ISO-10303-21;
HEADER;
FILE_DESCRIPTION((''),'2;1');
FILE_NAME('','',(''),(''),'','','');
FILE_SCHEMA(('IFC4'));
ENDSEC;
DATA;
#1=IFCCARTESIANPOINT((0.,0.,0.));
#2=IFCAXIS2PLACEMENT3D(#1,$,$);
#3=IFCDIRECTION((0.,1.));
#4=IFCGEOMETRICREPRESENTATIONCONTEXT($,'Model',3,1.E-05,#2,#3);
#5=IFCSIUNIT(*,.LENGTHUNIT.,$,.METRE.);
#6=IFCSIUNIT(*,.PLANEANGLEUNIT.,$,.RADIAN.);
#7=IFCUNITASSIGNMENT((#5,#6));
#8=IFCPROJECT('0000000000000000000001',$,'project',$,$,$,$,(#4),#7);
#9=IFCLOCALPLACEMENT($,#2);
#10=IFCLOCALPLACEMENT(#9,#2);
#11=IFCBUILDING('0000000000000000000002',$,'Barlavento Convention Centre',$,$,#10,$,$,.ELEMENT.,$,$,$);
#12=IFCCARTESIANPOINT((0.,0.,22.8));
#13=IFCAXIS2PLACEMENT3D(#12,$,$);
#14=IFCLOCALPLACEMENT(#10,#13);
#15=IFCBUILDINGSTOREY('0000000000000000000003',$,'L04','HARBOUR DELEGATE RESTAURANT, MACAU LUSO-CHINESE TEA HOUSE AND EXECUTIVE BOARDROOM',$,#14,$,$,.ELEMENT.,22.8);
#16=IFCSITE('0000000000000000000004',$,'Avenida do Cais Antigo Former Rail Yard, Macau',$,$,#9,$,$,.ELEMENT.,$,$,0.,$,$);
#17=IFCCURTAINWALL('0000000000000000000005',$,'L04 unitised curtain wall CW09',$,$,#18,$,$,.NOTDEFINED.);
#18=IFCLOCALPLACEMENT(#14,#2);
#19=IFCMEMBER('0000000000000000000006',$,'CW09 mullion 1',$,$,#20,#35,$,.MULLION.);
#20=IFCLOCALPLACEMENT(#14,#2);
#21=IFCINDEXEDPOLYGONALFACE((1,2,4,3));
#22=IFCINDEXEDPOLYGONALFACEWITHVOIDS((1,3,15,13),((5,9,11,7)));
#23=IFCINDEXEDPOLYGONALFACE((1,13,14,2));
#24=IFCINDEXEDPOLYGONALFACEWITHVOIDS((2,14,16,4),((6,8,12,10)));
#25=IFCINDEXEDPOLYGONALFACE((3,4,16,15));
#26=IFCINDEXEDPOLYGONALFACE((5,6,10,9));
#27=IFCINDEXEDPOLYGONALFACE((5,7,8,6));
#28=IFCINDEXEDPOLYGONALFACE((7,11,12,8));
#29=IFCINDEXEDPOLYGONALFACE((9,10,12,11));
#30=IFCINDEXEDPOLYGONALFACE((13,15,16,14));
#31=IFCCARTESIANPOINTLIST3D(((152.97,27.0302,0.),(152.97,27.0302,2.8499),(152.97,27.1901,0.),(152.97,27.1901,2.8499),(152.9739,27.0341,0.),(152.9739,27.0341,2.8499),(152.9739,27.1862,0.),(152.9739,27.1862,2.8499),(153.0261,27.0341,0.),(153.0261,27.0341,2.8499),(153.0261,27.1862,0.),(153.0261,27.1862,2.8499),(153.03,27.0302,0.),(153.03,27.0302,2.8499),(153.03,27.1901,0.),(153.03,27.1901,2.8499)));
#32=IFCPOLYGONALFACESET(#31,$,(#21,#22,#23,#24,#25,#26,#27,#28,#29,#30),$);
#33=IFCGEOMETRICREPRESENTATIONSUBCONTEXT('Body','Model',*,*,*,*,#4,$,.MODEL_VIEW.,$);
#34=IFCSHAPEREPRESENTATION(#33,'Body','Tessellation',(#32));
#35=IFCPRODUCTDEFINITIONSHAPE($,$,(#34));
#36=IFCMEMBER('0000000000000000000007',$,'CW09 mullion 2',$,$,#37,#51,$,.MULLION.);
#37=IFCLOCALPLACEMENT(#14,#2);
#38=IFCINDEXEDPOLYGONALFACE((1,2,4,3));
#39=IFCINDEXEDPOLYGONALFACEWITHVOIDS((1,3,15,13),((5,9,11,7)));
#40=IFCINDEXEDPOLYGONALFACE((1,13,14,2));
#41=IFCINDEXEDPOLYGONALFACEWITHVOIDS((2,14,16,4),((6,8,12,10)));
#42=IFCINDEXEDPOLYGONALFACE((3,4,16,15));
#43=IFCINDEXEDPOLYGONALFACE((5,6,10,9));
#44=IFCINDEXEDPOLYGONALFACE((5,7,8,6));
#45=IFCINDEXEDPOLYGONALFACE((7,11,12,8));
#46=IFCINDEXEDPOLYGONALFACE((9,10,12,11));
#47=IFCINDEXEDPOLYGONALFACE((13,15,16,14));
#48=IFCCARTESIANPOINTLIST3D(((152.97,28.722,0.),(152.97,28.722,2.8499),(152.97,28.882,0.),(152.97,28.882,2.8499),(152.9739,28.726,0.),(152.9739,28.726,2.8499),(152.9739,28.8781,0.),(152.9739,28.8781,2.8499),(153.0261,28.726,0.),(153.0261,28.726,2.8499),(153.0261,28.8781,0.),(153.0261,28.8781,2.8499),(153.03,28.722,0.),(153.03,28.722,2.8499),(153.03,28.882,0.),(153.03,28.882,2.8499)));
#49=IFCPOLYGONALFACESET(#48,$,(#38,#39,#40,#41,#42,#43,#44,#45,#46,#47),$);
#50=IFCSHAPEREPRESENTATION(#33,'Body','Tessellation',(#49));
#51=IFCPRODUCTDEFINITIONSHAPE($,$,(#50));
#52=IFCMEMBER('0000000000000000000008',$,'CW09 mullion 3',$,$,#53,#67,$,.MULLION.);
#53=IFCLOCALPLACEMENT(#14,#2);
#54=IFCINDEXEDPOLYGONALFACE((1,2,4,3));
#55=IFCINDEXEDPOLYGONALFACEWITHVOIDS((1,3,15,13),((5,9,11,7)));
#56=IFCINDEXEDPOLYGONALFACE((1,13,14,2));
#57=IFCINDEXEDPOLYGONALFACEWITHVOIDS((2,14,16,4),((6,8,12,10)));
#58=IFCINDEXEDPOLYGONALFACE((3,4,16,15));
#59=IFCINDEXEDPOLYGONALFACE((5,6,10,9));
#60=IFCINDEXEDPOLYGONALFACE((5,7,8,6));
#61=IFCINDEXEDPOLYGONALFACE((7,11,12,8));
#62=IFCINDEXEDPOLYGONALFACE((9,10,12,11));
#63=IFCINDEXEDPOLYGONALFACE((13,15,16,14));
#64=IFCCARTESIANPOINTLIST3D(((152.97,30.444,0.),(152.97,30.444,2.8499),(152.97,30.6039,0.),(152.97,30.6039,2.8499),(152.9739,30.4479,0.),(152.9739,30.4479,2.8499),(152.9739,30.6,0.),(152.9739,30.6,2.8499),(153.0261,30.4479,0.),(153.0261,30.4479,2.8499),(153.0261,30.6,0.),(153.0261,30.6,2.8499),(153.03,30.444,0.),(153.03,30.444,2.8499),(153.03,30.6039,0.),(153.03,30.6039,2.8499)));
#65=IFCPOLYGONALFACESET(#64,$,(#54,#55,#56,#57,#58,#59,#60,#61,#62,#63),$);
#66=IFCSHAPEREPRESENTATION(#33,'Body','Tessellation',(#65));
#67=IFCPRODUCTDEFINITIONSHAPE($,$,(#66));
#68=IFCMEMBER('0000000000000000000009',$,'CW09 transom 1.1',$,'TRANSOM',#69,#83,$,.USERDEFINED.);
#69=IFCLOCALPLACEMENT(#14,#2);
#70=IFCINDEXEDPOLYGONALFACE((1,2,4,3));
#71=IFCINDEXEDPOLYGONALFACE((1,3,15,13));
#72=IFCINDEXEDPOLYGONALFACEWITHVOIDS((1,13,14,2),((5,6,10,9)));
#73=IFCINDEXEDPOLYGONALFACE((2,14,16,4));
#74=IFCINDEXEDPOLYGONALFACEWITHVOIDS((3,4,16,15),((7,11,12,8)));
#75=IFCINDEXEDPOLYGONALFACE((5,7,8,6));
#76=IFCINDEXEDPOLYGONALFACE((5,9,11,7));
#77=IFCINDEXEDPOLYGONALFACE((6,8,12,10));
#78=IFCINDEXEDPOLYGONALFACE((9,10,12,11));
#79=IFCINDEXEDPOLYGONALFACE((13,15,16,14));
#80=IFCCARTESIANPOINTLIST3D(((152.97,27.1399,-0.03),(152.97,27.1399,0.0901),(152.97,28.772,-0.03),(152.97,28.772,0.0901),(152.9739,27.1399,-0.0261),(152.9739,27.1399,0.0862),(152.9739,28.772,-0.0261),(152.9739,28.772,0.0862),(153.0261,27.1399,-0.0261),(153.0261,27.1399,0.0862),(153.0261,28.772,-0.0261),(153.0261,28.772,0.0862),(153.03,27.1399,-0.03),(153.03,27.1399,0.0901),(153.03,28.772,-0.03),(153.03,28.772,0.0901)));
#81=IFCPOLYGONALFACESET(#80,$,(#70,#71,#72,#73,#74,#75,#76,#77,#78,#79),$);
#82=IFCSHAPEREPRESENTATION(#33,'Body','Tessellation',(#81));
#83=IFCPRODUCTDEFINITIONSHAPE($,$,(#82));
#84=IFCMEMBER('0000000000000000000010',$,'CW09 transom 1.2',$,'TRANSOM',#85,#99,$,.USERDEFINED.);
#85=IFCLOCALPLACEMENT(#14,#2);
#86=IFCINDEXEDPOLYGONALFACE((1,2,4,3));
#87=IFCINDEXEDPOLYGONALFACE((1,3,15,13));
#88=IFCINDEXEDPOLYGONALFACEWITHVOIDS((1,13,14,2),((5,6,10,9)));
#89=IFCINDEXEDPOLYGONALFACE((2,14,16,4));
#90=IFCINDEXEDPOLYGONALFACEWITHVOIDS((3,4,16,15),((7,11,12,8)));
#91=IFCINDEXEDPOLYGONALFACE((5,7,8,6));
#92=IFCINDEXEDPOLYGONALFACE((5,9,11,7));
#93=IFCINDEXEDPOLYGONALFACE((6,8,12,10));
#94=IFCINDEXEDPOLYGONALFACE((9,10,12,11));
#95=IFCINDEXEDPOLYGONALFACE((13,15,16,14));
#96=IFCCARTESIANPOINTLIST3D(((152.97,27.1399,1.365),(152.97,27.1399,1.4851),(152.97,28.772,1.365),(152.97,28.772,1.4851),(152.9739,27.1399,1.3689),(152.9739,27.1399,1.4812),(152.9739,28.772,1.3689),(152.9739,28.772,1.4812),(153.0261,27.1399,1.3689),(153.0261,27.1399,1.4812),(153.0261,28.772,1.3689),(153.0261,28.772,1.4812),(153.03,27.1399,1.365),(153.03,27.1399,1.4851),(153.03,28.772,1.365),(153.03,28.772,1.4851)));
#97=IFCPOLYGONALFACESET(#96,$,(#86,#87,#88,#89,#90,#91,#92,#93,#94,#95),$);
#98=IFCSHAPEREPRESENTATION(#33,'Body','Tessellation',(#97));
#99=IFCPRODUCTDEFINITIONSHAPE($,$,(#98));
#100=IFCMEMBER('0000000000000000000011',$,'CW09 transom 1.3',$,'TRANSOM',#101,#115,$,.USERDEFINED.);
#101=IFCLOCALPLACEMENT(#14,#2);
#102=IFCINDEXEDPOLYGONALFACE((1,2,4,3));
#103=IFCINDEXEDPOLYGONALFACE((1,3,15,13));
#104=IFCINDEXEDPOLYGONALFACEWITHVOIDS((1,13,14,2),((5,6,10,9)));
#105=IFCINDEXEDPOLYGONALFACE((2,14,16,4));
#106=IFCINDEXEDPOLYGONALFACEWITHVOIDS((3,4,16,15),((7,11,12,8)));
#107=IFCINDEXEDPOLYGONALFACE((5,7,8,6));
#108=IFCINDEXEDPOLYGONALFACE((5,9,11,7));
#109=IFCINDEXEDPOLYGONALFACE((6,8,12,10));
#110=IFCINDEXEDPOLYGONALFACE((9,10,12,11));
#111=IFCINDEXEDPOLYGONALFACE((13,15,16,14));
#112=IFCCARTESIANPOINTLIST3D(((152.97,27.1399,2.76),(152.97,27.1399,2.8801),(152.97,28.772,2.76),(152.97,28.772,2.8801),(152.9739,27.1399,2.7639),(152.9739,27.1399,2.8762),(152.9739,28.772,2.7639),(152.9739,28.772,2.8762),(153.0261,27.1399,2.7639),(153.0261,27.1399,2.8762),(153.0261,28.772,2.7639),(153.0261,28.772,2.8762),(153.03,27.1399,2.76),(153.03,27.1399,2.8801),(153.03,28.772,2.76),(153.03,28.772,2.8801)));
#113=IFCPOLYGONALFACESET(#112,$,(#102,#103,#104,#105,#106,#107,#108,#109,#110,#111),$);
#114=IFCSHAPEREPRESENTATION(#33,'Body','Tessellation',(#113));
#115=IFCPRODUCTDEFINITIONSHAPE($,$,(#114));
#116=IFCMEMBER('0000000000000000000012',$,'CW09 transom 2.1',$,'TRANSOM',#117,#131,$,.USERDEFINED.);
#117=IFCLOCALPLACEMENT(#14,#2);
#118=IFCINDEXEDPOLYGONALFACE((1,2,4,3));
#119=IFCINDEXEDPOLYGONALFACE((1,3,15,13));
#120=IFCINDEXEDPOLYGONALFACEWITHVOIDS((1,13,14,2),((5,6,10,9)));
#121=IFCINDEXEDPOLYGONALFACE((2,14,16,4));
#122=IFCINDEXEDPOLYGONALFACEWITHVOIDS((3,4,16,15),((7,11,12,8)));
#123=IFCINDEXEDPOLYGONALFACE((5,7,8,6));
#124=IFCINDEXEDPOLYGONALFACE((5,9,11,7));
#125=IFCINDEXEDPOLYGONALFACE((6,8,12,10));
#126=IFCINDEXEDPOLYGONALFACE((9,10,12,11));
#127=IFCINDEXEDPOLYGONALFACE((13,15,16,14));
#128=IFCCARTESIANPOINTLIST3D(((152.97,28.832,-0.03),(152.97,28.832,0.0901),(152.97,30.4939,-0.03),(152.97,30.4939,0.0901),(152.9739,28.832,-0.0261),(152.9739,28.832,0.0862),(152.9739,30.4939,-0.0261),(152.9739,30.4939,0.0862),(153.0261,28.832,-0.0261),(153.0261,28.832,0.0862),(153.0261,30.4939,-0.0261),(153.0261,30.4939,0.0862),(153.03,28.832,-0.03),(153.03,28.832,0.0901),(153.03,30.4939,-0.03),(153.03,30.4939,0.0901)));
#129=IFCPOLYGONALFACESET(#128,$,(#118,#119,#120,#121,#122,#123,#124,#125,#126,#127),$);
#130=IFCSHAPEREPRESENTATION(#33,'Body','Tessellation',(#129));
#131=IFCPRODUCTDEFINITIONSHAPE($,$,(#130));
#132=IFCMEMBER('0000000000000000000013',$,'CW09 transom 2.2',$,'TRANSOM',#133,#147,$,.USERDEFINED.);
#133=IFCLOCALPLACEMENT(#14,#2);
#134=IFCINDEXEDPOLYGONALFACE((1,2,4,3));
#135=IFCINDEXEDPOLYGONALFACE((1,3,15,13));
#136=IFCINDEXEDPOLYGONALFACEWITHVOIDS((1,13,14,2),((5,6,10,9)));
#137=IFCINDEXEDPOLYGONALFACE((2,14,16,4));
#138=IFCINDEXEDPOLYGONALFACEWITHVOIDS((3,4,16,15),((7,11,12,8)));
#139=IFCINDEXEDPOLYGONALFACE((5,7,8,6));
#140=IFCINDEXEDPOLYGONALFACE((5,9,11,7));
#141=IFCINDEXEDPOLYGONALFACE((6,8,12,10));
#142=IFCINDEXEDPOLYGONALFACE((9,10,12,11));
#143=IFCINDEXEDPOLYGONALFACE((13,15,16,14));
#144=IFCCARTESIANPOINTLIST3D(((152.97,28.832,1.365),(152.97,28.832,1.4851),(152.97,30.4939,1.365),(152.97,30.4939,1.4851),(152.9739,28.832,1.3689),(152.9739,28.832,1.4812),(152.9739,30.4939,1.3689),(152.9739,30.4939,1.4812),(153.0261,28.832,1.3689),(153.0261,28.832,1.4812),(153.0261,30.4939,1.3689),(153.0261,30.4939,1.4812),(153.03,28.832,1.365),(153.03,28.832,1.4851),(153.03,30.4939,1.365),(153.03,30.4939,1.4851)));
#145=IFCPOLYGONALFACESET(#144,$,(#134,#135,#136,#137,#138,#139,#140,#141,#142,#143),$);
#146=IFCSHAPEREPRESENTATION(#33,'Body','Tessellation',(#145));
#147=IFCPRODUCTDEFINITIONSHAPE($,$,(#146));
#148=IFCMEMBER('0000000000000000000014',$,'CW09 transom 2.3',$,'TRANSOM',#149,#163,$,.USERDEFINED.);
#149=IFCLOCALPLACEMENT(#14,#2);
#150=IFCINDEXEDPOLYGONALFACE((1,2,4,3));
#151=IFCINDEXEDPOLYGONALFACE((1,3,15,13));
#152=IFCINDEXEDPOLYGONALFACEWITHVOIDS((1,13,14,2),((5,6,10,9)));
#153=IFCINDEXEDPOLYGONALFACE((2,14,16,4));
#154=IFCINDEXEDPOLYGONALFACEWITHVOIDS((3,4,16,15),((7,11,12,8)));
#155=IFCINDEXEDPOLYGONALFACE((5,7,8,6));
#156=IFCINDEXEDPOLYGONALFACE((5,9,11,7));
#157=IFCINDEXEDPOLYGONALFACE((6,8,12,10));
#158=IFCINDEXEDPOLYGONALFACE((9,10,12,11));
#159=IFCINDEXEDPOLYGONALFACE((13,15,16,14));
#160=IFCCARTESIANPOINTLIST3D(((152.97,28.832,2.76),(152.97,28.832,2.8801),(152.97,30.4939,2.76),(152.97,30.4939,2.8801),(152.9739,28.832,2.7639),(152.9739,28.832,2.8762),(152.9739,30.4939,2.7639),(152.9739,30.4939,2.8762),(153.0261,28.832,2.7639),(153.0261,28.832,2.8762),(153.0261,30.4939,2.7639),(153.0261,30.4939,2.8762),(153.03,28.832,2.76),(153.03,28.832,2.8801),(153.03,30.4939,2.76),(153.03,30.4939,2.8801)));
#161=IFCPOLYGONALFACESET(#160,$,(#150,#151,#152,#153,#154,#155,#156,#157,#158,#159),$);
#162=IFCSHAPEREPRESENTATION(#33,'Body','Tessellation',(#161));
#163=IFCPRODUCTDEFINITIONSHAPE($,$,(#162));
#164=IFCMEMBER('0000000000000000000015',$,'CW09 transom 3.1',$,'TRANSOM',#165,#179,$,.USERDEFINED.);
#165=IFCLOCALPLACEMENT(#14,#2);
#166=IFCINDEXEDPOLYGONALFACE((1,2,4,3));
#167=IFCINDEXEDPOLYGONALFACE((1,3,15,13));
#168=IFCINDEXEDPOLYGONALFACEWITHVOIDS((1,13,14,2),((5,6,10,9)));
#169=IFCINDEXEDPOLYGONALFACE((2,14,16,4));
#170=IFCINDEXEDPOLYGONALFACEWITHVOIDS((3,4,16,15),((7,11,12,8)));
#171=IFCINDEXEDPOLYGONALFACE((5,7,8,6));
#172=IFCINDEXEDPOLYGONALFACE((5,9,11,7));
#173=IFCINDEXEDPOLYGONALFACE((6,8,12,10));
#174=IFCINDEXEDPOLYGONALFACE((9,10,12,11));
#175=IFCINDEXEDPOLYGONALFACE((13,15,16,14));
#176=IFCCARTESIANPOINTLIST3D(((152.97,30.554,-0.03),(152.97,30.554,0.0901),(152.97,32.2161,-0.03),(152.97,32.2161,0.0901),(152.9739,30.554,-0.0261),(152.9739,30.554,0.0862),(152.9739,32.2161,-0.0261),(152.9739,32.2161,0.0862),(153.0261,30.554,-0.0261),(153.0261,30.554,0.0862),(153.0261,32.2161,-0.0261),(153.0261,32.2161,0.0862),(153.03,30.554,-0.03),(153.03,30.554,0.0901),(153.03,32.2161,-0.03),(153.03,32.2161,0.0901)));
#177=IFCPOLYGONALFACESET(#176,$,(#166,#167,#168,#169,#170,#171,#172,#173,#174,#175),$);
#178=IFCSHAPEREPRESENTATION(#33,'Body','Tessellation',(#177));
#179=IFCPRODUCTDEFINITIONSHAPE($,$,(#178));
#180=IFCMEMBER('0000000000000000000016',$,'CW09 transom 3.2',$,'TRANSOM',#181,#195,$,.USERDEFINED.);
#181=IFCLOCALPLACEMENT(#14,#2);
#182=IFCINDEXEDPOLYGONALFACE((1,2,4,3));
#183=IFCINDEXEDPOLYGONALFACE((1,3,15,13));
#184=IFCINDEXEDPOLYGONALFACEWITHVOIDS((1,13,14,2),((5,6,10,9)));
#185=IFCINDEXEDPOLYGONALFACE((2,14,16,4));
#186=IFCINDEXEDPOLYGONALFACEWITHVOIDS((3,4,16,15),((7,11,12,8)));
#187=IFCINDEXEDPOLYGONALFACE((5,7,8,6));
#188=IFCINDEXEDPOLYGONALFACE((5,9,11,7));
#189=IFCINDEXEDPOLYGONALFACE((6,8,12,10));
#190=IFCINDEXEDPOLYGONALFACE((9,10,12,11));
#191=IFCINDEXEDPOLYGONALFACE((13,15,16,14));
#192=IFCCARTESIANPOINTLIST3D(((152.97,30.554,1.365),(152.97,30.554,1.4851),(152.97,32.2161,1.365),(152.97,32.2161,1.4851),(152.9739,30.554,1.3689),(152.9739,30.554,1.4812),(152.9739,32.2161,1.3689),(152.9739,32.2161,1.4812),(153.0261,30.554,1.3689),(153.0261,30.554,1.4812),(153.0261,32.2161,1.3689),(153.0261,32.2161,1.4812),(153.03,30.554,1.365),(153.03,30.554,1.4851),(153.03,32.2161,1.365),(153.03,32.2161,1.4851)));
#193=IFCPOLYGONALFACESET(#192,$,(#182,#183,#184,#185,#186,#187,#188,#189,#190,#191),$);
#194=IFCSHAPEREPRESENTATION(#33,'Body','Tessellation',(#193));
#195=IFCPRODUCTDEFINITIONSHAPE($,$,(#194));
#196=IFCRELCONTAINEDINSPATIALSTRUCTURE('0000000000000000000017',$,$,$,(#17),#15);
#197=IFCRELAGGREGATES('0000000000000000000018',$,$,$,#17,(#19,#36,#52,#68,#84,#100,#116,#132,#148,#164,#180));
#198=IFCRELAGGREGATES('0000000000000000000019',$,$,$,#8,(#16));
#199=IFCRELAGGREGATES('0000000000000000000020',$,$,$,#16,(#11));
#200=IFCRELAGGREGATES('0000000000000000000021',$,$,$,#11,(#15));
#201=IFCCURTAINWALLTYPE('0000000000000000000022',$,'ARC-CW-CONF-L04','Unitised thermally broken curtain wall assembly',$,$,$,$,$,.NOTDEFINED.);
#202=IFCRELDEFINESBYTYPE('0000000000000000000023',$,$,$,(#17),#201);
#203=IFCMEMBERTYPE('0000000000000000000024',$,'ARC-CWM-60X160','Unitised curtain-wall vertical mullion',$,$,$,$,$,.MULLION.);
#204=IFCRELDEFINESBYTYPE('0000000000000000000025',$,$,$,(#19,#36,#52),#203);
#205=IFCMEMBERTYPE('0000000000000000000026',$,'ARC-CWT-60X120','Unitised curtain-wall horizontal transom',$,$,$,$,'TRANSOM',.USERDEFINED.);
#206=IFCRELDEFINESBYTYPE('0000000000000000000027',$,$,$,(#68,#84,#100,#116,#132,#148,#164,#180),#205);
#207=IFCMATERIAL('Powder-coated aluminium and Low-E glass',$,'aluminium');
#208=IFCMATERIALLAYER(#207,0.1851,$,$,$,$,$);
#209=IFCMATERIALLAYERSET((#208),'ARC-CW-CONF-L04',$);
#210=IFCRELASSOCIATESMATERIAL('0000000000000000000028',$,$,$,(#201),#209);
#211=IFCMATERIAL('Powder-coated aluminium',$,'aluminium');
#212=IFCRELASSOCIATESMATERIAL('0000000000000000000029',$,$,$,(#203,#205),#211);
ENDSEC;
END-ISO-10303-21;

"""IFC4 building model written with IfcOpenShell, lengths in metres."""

from ifc_helpers import new_model, si_unit, direction, frame, origin, origin_2d, place, context, subcontext, project, spatial, hollow_rectangle, extrude, material, layer, layer_set, material_profile, profile_set, type_object, element, aggregate, save


model = new_model("IFC4")

# Units and contexts
model_context = context("Model", 3, precision=1e-05, world=origin(), true_north=direction((0.0, 1.0)))
body_context = subcontext(model_context, "Body", "Model", "MODEL_VIEW")
ifc_project = project(units=[si_unit("LENGTHUNIT", "METRE"), si_unit("PLANEANGLEUNIT", "RADIAN")], contexts=[model_context])

# Site, building, storey
site_placement = place(None, origin())
site = spatial("IfcSite", under=ifc_project, at=site_placement, Name="Avenida do Cais Antigo Former Rail Yard, Macau", CompositionType="ELEMENT", RefElevation=0.0)
building_placement = place(site_placement, origin())
building = spatial("IfcBuilding", under=site, at=building_placement, Name="Barlavento Convention Centre", CompositionType="ELEMENT")
storey_placement = place(building_placement, frame((0.0, 0.0, 22.8)))
storey = spatial("IfcBuildingStorey", under=building, at=storey_placement, Name="L04", Description="HARBOUR DELEGATE RESTAURANT, MACAU LUSO-CHINESE TEA HOUSE AND EXECUTIVE BOARDROOM", CompositionType="ELEMENT", Elevation=22.8)

# Curtain wall, members
ifc_material_1 = material(Name="Powder-coated aluminium and Low-E glass", Category="aluminium")
ifc_layer_1 = layer(ifc_material_1, 0.1851)
ifc_layer_set_1 = layer_set([ifc_layer_1], Name="ARC-CW-CONF-L04")
curtain_wall_type = type_object("IfcCurtainWallType", Name="ARC-CW-CONF-L04", Description="Unitised thermally broken curtain wall assembly", PredefinedType="NOTDEFINED", material=ifc_layer_set_1)
curtain_wall_placement = place(storey_placement, origin())
curtain_wall = element("IfcCurtainWall", 1, at=curtain_wall_placement, inside=storey, type_object=curtain_wall_type, Name="L04 unitised curtain wall CW09", PredefinedType="NOTDEFINED")
ifc_material_2 = material(Name="Powder-coated aluminium", Category="aluminium")
ifc_material_profile_1 = material_profile(ifc_material_2, hollow_rectangle(XDim=0.0601, YDim=0.1599, WallThickness=0.0039, at=origin_2d()), Name="AL-MULL 60x160x4")
ifc_profile_set_1 = profile_set([ifc_material_profile_1], Name="Powder-coated aluminium")
member_type_1 = type_object("IfcMemberType", Name="ARC-CWM-60X160", Description="Unitised curtain-wall vertical mullion", PredefinedType="MULLION", material=ifc_profile_set_1)
member_1_placement = place(storey_placement, frame((153.0, 27.1101, 0.0), z_axis=(0.0, 0.0, 1.0), x_axis=(-1.0, 0.0, 0.0)))
member_1 = element("IfcMember", 2, at=member_1_placement, type_object=member_type_1, Name="CW09 mullion 1", PredefinedType="MULLION", context=body_context, shape_type="SweptSolid", body=[
    extrude(hollow_rectangle(XDim=0.0601, YDim=0.1599, WallThickness=0.0039, at=origin_2d()), origin(), (0.0, 0.0, 1.0), 2.8499),
])
member_2_placement = place(storey_placement, frame((153.0, 28.802, 0.0), z_axis=(0.0, 0.0, 1.0), x_axis=(-1.0, 0.0, 0.0)))
member_2 = element("IfcMember", 3, at=member_2_placement, type_object=member_type_1, Name="CW09 mullion 2", PredefinedType="MULLION", context=body_context, shape_type="SweptSolid", body=[
    extrude(hollow_rectangle(XDim=0.0601, YDim=0.1599, WallThickness=0.0039, at=origin_2d()), origin(), (0.0, 0.0, 1.0), 2.8499),
])
member_3_placement = place(storey_placement, frame((153.0, 30.5239, 0.0), z_axis=(0.0, 0.0, 1.0), x_axis=(-1.0, 0.0, 0.0)))
member_3 = element("IfcMember", 4, at=member_3_placement, type_object=member_type_1, Name="CW09 mullion 3", PredefinedType="MULLION", context=body_context, shape_type="SweptSolid", body=[
    extrude(hollow_rectangle(XDim=0.0601, YDim=0.1599, WallThickness=0.0039, at=origin_2d()), origin(), (0.0, 0.0, 1.0), 2.8499),
])
ifc_material_profile_2 = material_profile(ifc_material_2, hollow_rectangle(XDim=0.0601, YDim=0.1201, WallThickness=0.0039, at=origin_2d()), Name="AL-TRAN 60x120x4")
ifc_profile_set_2 = profile_set([ifc_material_profile_2], Name="Powder-coated aluminium")
member_type_2 = type_object("IfcMemberType", Name="ARC-CWT-60X120", Description="Unitised curtain-wall horizontal transom", ElementType="TRANSOM", PredefinedType="USERDEFINED", material=ifc_profile_set_2)
member_4_placement = place(storey_placement, frame((153.0, 27.1399, 0.03), z_axis=(0.0, 1.0, 0.0), x_axis=(-1.0, 0.0, 0.0)))
member_4 = element("IfcMember", 5, at=member_4_placement, type_object=member_type_2, Name="CW09 transom 1.1", ObjectType="TRANSOM", PredefinedType="USERDEFINED", context=body_context, shape_type="SweptSolid", body=[
    extrude(hollow_rectangle(XDim=0.0601, YDim=0.1201, WallThickness=0.0039, at=origin_2d()), origin(), (0.0, 0.0, 1.0), 1.6321),
])
member_5_placement = place(storey_placement, frame((153.0, 27.1399, 1.425), z_axis=(0.0, 1.0, 0.0), x_axis=(-1.0, 0.0, 0.0)))
member_5 = element("IfcMember", 6, at=member_5_placement, type_object=member_type_2, Name="CW09 transom 1.2", ObjectType="TRANSOM", PredefinedType="USERDEFINED", context=body_context, shape_type="SweptSolid", body=[
    extrude(hollow_rectangle(XDim=0.0601, YDim=0.1201, WallThickness=0.0039, at=origin_2d()), origin(), (0.0, 0.0, 1.0), 1.6321),
])
member_6_placement = place(storey_placement, frame((153.0, 27.1399, 2.8201), z_axis=(0.0, 1.0, 0.0), x_axis=(-1.0, 0.0, 0.0)))
member_6 = element("IfcMember", 7, at=member_6_placement, type_object=member_type_2, Name="CW09 transom 1.3", ObjectType="TRANSOM", PredefinedType="USERDEFINED", context=body_context, shape_type="SweptSolid", body=[
    extrude(hollow_rectangle(XDim=0.0601, YDim=0.1201, WallThickness=0.0039, at=origin_2d()), origin(), (0.0, 0.0, 1.0), 1.6321),
])
member_7_placement = place(storey_placement, frame((153.0, 28.832, 0.03), z_axis=(0.0, 1.0, 0.0), x_axis=(-1.0, 0.0, 0.0)))
member_7 = element("IfcMember", 8, at=member_7_placement, type_object=member_type_2, Name="CW09 transom 2.1", ObjectType="TRANSOM", PredefinedType="USERDEFINED", context=body_context, shape_type="SweptSolid", body=[
    extrude(hollow_rectangle(XDim=0.0601, YDim=0.1201, WallThickness=0.0039, at=origin_2d()), origin(), (0.0, 0.0, 1.0), 1.6619),
])
member_8_placement = place(storey_placement, frame((153.0, 28.832, 1.425), z_axis=(0.0, 1.0, 0.0), x_axis=(-1.0, 0.0, 0.0)))
member_8 = element("IfcMember", 9, at=member_8_placement, type_object=member_type_2, Name="CW09 transom 2.2", ObjectType="TRANSOM", PredefinedType="USERDEFINED", context=body_context, shape_type="SweptSolid", body=[
    extrude(hollow_rectangle(XDim=0.0601, YDim=0.1201, WallThickness=0.0039, at=origin_2d()), origin(), (0.0, 0.0, 1.0), 1.6619),
])
member_9_placement = place(storey_placement, frame((153.0, 28.832, 2.8201), z_axis=(0.0, 1.0, 0.0), x_axis=(-1.0, 0.0, 0.0)))
member_9 = element("IfcMember", 10, at=member_9_placement, type_object=member_type_2, Name="CW09 transom 2.3", ObjectType="TRANSOM", PredefinedType="USERDEFINED", context=body_context, shape_type="SweptSolid", body=[
    extrude(hollow_rectangle(XDim=0.0601, YDim=0.1201, WallThickness=0.0039, at=origin_2d()), origin(), (0.0, 0.0, 1.0), 1.6619),
])
member_10_placement = place(storey_placement, frame((153.0, 30.554, 0.03), z_axis=(0.0, 1.0, 0.0), x_axis=(-1.0, 0.0, 0.0)))
member_10 = element("IfcMember", 11, at=member_10_placement, type_object=member_type_2, Name="CW09 transom 3.1", ObjectType="TRANSOM", PredefinedType="USERDEFINED", context=body_context, shape_type="SweptSolid", body=[
    extrude(hollow_rectangle(XDim=0.0601, YDim=0.1201, WallThickness=0.0039, at=origin_2d()), origin(), (0.0, 0.0, 1.0), 1.6621),
])
member_11_placement = place(storey_placement, frame((153.0, 30.554, 1.425), z_axis=(0.0, 1.0, 0.0), x_axis=(-1.0, 0.0, 0.0)))
member_11 = element("IfcMember", 12, at=member_11_placement, type_object=member_type_2, Name="CW09 transom 3.2", ObjectType="TRANSOM", PredefinedType="USERDEFINED", context=body_context, shape_type="SweptSolid", body=[
    extrude(hollow_rectangle(XDim=0.0601, YDim=0.1201, WallThickness=0.0039, at=origin_2d()), origin(), (0.0, 0.0, 1.0), 1.6621),
])
aggregate(curtain_wall, [member_1, member_2, member_3, member_4, member_5, member_6, member_7, member_8, member_9, member_10, member_11])

save(model, "model.ifc")
